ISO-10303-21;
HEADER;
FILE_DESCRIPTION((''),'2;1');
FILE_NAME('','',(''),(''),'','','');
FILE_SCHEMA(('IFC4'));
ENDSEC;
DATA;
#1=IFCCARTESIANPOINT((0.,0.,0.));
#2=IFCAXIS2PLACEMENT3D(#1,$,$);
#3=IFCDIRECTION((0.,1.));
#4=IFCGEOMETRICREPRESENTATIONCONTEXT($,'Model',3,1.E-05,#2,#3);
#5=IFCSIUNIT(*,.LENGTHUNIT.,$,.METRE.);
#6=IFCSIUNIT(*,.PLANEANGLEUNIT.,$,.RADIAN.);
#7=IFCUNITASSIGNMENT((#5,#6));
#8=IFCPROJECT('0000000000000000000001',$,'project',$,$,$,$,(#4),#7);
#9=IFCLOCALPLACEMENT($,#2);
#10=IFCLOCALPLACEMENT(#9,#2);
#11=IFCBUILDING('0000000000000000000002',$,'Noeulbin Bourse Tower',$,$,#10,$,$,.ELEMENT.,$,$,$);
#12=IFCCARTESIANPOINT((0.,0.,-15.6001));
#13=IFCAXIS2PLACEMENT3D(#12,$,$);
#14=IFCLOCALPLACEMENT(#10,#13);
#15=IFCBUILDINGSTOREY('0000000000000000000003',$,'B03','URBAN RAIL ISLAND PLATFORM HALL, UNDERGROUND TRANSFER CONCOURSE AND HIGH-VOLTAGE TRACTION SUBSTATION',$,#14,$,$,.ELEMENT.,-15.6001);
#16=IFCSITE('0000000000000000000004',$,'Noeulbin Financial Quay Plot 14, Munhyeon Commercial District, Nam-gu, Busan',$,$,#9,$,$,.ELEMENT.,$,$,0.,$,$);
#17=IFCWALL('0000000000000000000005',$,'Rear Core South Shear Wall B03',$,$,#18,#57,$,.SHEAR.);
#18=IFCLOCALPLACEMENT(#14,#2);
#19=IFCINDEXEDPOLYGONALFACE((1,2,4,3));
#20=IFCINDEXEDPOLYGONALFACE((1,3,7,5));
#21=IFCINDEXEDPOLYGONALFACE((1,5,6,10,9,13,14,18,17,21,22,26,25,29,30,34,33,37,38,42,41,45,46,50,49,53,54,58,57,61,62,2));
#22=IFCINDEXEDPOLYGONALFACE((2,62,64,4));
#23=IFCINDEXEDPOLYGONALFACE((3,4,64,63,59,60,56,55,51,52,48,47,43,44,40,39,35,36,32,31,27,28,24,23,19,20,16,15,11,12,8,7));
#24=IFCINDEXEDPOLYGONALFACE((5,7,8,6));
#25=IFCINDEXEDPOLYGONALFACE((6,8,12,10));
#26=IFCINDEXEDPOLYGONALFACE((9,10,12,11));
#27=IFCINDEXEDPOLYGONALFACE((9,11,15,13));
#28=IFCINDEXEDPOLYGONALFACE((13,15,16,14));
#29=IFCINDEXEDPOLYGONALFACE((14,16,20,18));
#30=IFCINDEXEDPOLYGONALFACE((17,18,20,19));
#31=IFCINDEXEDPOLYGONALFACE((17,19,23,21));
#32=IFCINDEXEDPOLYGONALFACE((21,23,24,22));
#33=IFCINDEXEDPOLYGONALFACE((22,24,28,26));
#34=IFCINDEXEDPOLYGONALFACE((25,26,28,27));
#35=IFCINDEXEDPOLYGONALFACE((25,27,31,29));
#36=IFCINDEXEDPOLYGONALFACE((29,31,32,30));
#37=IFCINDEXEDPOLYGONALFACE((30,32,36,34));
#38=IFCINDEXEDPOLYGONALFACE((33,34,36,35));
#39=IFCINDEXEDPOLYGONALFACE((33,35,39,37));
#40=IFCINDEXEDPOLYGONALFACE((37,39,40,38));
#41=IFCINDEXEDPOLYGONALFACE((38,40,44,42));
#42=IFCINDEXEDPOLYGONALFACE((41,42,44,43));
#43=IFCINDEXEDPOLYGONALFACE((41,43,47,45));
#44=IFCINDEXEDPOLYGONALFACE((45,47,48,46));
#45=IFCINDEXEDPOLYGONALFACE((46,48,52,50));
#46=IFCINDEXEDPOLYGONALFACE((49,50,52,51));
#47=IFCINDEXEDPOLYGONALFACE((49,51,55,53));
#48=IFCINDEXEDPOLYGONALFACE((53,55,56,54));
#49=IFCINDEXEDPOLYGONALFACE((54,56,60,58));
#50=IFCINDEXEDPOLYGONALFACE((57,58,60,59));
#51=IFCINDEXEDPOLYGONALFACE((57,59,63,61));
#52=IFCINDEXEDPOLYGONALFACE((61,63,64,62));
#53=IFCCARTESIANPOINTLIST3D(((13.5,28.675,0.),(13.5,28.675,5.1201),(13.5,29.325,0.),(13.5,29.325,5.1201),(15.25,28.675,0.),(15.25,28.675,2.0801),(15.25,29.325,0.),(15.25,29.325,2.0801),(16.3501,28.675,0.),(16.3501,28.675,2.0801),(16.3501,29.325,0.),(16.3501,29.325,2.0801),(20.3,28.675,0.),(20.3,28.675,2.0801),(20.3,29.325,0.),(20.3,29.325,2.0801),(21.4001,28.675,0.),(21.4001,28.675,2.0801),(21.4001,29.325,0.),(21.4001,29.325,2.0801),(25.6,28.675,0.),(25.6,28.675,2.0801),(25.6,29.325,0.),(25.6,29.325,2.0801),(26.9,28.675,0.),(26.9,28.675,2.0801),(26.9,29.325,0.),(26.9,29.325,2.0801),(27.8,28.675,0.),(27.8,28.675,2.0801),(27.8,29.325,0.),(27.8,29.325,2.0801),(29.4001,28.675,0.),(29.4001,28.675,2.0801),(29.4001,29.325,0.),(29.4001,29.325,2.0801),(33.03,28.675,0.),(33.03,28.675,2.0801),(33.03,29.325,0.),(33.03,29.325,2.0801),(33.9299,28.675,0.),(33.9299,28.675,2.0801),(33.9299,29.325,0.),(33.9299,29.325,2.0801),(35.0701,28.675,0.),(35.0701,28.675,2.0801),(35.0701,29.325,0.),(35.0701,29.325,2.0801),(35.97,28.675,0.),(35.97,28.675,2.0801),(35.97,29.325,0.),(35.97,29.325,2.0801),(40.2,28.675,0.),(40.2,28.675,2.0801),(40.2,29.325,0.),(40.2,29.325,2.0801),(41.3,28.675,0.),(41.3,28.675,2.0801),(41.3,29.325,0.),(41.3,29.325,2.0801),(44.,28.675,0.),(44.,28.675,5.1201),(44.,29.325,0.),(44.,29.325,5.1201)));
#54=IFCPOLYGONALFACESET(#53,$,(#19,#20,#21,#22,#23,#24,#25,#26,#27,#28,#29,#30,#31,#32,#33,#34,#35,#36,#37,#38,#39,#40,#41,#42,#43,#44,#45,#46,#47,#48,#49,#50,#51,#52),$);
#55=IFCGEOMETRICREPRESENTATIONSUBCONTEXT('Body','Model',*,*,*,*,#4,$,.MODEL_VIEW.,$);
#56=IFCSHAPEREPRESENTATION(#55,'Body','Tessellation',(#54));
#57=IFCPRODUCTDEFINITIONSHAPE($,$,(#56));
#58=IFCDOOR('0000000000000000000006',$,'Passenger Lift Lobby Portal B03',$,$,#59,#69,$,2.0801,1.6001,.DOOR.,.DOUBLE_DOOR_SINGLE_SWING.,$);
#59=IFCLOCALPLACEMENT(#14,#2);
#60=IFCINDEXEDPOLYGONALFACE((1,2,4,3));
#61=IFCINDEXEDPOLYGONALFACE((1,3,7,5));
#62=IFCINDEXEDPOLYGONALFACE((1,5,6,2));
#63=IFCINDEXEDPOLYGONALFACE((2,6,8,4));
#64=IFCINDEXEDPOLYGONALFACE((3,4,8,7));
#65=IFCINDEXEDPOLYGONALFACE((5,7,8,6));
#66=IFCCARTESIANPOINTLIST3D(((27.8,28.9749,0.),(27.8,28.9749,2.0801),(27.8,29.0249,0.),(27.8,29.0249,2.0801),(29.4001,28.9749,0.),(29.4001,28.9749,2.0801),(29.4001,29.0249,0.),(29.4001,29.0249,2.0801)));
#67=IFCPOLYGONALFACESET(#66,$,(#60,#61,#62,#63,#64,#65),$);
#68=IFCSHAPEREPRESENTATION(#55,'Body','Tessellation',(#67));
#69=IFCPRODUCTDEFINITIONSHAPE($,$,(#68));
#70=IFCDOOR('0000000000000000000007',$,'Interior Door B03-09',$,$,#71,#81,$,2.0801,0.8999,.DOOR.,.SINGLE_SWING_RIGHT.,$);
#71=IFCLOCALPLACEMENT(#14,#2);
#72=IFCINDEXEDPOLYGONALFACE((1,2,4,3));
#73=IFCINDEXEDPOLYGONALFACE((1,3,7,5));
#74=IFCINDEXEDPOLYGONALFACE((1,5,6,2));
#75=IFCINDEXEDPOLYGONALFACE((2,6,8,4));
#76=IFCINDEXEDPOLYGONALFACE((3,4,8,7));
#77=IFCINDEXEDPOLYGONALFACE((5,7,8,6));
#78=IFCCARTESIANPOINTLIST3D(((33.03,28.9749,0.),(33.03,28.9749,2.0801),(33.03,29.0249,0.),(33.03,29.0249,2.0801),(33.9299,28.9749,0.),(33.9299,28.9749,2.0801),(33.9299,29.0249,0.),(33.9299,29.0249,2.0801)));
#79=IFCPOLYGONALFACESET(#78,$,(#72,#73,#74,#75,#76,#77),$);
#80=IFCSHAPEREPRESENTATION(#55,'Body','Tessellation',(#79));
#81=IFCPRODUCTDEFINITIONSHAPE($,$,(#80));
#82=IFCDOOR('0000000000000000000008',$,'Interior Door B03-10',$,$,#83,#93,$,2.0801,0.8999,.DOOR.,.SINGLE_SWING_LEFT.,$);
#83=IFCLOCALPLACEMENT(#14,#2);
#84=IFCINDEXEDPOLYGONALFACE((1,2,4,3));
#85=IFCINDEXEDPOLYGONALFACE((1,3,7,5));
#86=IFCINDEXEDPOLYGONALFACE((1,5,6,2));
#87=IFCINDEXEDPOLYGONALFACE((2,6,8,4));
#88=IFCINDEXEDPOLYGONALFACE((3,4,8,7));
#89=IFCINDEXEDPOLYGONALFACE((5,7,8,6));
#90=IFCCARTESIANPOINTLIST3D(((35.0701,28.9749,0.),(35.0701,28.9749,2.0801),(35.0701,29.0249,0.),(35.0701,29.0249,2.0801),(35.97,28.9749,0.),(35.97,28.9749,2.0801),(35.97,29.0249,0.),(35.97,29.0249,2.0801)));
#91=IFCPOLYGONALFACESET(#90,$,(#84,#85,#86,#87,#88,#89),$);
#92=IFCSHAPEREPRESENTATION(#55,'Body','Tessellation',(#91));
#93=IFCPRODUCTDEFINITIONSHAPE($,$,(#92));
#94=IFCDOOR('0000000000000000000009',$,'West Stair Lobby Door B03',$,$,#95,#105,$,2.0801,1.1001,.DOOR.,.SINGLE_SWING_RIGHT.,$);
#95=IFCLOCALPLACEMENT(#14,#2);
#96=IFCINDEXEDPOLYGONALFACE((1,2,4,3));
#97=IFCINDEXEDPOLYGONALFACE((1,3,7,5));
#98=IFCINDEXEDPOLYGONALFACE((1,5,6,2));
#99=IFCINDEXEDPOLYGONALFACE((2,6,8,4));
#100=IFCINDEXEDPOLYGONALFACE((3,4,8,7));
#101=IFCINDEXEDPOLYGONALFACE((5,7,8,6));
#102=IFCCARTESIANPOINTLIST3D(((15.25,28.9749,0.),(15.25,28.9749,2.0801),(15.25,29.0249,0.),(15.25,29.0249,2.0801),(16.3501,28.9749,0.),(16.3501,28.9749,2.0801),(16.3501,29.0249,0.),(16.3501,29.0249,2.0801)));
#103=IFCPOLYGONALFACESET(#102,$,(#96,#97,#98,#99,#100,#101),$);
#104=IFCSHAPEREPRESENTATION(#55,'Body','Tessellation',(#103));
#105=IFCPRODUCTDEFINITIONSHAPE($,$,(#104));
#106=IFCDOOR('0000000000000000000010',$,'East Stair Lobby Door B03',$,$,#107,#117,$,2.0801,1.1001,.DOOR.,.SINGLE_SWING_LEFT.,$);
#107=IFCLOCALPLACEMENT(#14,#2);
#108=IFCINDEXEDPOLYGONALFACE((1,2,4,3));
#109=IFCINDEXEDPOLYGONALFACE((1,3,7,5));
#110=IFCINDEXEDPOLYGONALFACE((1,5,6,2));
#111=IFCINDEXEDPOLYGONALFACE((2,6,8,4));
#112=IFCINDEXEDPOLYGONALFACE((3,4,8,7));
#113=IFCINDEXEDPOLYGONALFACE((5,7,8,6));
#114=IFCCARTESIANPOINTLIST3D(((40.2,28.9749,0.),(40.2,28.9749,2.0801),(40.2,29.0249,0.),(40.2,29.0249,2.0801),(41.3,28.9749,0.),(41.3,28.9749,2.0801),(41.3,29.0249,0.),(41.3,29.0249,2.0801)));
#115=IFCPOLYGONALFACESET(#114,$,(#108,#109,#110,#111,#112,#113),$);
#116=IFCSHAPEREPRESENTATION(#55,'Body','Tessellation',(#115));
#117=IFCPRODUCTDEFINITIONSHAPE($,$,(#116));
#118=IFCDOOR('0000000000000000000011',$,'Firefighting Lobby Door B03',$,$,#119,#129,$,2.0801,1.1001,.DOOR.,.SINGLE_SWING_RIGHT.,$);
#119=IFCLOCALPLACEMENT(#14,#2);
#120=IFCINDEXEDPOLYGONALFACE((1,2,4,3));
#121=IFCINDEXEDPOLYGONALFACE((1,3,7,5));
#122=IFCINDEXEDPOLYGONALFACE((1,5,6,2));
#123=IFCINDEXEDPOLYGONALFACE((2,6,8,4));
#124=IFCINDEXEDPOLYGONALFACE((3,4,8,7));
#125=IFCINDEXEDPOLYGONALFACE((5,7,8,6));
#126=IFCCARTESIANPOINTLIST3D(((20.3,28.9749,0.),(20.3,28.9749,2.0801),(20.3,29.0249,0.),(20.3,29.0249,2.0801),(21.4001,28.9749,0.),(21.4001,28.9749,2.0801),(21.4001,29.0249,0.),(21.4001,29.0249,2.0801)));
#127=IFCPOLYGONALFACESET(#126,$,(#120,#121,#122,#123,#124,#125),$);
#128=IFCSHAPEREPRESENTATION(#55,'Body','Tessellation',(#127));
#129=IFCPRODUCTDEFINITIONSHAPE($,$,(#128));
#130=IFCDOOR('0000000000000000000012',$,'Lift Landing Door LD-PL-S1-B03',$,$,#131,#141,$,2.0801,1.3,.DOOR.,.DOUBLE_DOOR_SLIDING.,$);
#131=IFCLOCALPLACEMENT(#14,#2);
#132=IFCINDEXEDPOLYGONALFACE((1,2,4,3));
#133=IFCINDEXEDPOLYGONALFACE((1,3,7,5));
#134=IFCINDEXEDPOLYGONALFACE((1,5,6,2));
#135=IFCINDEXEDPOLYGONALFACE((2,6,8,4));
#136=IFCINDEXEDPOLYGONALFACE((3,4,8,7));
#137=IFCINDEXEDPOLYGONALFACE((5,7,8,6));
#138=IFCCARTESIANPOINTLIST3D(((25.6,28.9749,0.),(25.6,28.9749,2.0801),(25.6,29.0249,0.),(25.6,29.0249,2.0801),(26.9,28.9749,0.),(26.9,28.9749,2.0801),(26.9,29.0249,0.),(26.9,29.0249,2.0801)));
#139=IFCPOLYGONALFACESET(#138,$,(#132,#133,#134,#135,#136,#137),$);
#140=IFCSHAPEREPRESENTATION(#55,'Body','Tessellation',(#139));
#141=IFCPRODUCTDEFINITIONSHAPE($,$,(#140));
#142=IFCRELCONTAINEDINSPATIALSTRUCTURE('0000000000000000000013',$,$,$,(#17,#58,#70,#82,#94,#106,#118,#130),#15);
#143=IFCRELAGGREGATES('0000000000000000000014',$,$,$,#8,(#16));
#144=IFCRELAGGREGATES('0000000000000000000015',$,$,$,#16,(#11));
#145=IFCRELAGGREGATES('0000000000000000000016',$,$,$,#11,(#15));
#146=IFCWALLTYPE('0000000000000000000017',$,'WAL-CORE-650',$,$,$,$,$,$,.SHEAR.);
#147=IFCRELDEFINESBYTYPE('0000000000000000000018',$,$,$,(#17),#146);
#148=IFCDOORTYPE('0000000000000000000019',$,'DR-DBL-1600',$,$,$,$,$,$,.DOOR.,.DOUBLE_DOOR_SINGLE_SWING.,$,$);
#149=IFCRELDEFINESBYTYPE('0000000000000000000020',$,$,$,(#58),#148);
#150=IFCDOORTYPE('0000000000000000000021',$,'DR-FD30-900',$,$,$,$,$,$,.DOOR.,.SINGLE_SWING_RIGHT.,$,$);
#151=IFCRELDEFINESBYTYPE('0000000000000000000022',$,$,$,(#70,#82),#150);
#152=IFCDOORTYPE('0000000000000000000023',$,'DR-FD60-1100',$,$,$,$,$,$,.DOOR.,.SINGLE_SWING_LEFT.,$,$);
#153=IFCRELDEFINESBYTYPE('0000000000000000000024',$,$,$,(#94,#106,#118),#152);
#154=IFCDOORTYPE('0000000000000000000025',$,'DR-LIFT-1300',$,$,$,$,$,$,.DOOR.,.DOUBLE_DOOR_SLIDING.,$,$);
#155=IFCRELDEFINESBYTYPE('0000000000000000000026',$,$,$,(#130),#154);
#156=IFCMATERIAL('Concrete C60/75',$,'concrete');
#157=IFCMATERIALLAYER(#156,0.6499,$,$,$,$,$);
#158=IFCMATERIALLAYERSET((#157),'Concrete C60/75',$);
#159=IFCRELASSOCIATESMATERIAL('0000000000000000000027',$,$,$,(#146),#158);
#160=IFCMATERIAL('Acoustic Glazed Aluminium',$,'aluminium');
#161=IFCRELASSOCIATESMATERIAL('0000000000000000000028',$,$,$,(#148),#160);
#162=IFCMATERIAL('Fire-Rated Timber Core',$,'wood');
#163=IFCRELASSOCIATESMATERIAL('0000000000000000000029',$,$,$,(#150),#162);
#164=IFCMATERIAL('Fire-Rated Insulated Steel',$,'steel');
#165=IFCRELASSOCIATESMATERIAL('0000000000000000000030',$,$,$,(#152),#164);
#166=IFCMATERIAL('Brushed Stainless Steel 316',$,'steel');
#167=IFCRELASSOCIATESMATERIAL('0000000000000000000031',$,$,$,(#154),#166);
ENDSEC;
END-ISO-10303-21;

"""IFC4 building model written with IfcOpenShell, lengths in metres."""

from ifc_helpers import new_model, si_unit, direction, frame, frame_2d, origin, place, context, subcontext, project, spatial, rectangle, extrude, material, layer, layer_set, type_object, element, fill, save


model = new_model("IFC4")

# Units and contexts
model_context = context("Model", 3, precision=1e-05, world=origin(), true_north=direction((0.0, 1.0)))
body_context = subcontext(model_context, "Body", "Model", "MODEL_VIEW")
ifc_project = project(units=[si_unit("LENGTHUNIT", "METRE"), si_unit("PLANEANGLEUNIT", "RADIAN")], contexts=[model_context])

# Site, building, storey
site_placement = place(None, origin())
site = spatial("IfcSite", under=ifc_project, at=site_placement, Name="Noeulbin Financial Quay Plot 14, Munhyeon Commercial District, Nam-gu, Busan", CompositionType="ELEMENT", RefElevation=0.0)
building_placement = place(site_placement, origin())
building = spatial("IfcBuilding", under=site, at=building_placement, Name="Noeulbin Bourse Tower", CompositionType="ELEMENT")
storey_placement = place(building_placement, frame((0.0, 0.0, -15.6001)))
storey = spatial("IfcBuildingStorey", under=building, at=storey_placement, Name="B03", Description="URBAN RAIL ISLAND PLATFORM HALL, UNDERGROUND TRANSFER CONCOURSE AND HIGH-VOLTAGE TRACTION SUBSTATION", CompositionType="ELEMENT", Elevation=-15.6001)

# Wall, openings, doors
ifc_material_1 = material(Name="Concrete C60/75", Category="concrete")
ifc_layer_1 = layer(ifc_material_1, 0.6499)
ifc_layer_set_1 = layer_set([ifc_layer_1], Name="Concrete C60/75")
wall_type_1 = type_object("IfcWallType", Name="WAL-CORE-650", PredefinedType="SHEAR", material=ifc_layer_set_1)
wall_1_placement = place(storey_placement, frame((13.5, 29.0, 0.0), z_axis=(0.0, 0.0, 1.0), x_axis=(1.0, 0.0, 0.0)))
wall_1 = element("IfcWall", 1, at=wall_1_placement, inside=storey, type_object=wall_type_1, Name="Rear Core South Shear Wall B03", PredefinedType="SHEAR", context=body_context, shape_type="SweptSolid", body=[
    extrude(rectangle(XDim=30.5, YDim=0.6499, at=frame_2d((15.25, 0.0))), origin(), (0.0, 0.0, 1.0), 5.1201),
])
opening_1_placement = place(wall_1_placement, frame((1.75, 0.0, 0.0)))
opening_1 = element("IfcOpeningElement", 2, at=opening_1_placement, cuts=wall_1, PredefinedType="OPENING", context=body_context, shape_type="SweptSolid", body=[
    extrude(rectangle(XDim=1.1001, YDim=2.0801, at=frame_2d((0.55, 1.04))), frame((0.0, 0.335, 0.0), z_axis=(0.0, -1.0, 0.0), x_axis=(1.0, 0.0, 0.0)), (0.0, 0.0, 1.0), 0.6699),
])
opening_2_placement = place(wall_1_placement, frame((26.7, 0.0, 0.0)))
opening_2 = element("IfcOpeningElement", 3, at=opening_2_placement, cuts=wall_1, PredefinedType="OPENING", context=body_context, shape_type="SweptSolid", body=[
    extrude(rectangle(XDim=1.1001, YDim=2.0801, at=frame_2d((0.55, 1.04))), frame((0.0, 0.335, 0.0), z_axis=(0.0, -1.0, 0.0), x_axis=(1.0, 0.0, 0.0)), (0.0, 0.0, 1.0), 0.6699),
])
opening_3_placement = place(wall_1_placement, frame((6.8, 0.0, 0.0)))
opening_3 = element("IfcOpeningElement", 4, at=opening_3_placement, cuts=wall_1, PredefinedType="OPENING", context=body_context, shape_type="SweptSolid", body=[
    extrude(rectangle(XDim=1.1001, YDim=2.0801, at=frame_2d((0.55, 1.04))), frame((0.0, 0.335, 0.0), z_axis=(0.0, -1.0, 0.0), x_axis=(1.0, 0.0, 0.0)), (0.0, 0.0, 1.0), 0.6699),
])
opening_4_placement = place(wall_1_placement, frame((14.3, 0.0, 0.0)))
opening_4 = element("IfcOpeningElement", 5, at=opening_4_placement, cuts=wall_1, PredefinedType="OPENING", context=body_context, shape_type="SweptSolid", body=[
    extrude(rectangle(XDim=1.6001, YDim=2.0801, at=frame_2d((0.8, 1.04))), frame((0.0, 0.335, 0.0), z_axis=(0.0, -1.0, 0.0), x_axis=(1.0, 0.0, 0.0)), (0.0, 0.0, 1.0), 0.6699),
])
opening_5_placement = place(wall_1_placement, frame((19.53, 0.0, 0.0)))
opening_5 = element("IfcOpeningElement", 6, at=opening_5_placement, cuts=wall_1, PredefinedType="OPENING", context=body_context, shape_type="SweptSolid", body=[
    extrude(rectangle(XDim=0.8999, YDim=2.0801, at=frame_2d((0.45, 1.04))), frame((0.0, 0.335, 0.0), z_axis=(0.0, -1.0, 0.0), x_axis=(1.0, 0.0, 0.0)), (0.0, 0.0, 1.0), 0.6699),
])
opening_6_placement = place(wall_1_placement, frame((21.5701, 0.0, 0.0)))
opening_6 = element("IfcOpeningElement", 7, at=opening_6_placement, cuts=wall_1, PredefinedType="OPENING", context=body_context, shape_type="SweptSolid", body=[
    extrude(rectangle(XDim=0.8999, YDim=2.0801, at=frame_2d((0.45, 1.04))), frame((0.0, 0.335, 0.0), z_axis=(0.0, -1.0, 0.0), x_axis=(1.0, 0.0, 0.0)), (0.0, 0.0, 1.0), 0.6699),
])
opening_7_placement = place(wall_1_placement, frame((12.1001, 0.0, 0.0)))
opening_7 = element("IfcOpeningElement", 8, at=opening_7_placement, cuts=wall_1, PredefinedType="OPENING", context=body_context, shape_type="SweptSolid", body=[
    extrude(rectangle(XDim=1.3, YDim=2.0801, at=frame_2d((0.6499, 1.04))), frame((0.0, 0.335, 0.0), z_axis=(0.0, -1.0, 0.0), x_axis=(1.0, 0.0, 0.0)), (0.0, 0.0, 1.0), 0.6699),
])
ifc_material_2 = material(Name="Acoustic Glazed Aluminium", Category="aluminium")
door_type_1 = type_object("IfcDoorType", Name="DR-DBL-1600", OperationType="DOUBLE_DOOR_SINGLE_SWING", PredefinedType="DOOR", material=ifc_material_2)
door_1_placement = place(opening_4_placement, origin())
door_1 = element("IfcDoor", 9, at=door_1_placement, inside=storey, type_object=door_type_1, Name="Passenger Lift Lobby Portal B03", OperationType="DOUBLE_DOOR_SINGLE_SWING", OverallHeight=2.0801, OverallWidth=1.6001, PredefinedType="DOOR", context=body_context, shape_type="SweptSolid", body=[
    extrude(rectangle(XDim=1.6001, YDim=2.0801, at=frame_2d((0.8, 1.04))), frame((0.0, 0.0249, 0.0), z_axis=(0.0, -1.0, 0.0), x_axis=(1.0, 0.0, 0.0)), (0.0, 0.0, 1.0), 0.05),
])
fill(opening_4, door_1)
ifc_material_3 = material(Name="Fire-Rated Timber Core", Category="wood")
door_type_2 = type_object("IfcDoorType", Name="DR-FD30-900", OperationType="SINGLE_SWING_RIGHT", PredefinedType="DOOR", material=ifc_material_3)
door_2_placement = place(opening_5_placement, origin())
door_2 = element("IfcDoor", 10, at=door_2_placement, inside=storey, type_object=door_type_2, Name="Interior Door B03-09", OperationType="SINGLE_SWING_RIGHT", OverallHeight=2.0801, OverallWidth=0.8999, PredefinedType="DOOR", context=body_context, shape_type="SweptSolid", body=[
    extrude(rectangle(XDim=0.8999, YDim=2.0801, at=frame_2d((0.45, 1.04))), frame((0.0, 0.0249, 0.0), z_axis=(0.0, -1.0, 0.0), x_axis=(1.0, 0.0, 0.0)), (0.0, 0.0, 1.0), 0.05),
])
fill(opening_5, door_2)
door_3_placement = place(opening_6_placement, origin())
door_3 = element("IfcDoor", 11, at=door_3_placement, inside=storey, type_object=door_type_2, Name="Interior Door B03-10", OperationType="SINGLE_SWING_LEFT", OverallHeight=2.0801, OverallWidth=0.8999, PredefinedType="DOOR", context=body_context, shape_type="SweptSolid", body=[
    extrude(rectangle(XDim=0.8999, YDim=2.0801, at=frame_2d((0.45, 1.04))), frame((0.0, 0.0249, 0.0), z_axis=(0.0, -1.0, 0.0), x_axis=(1.0, 0.0, 0.0)), (0.0, 0.0, 1.0), 0.05),
])
fill(opening_6, door_3)
ifc_material_4 = material(Name="Fire-Rated Insulated Steel", Category="steel")
door_type_3 = type_object("IfcDoorType", Name="DR-FD60-1100", OperationType="SINGLE_SWING_LEFT", PredefinedType="DOOR", material=ifc_material_4)
door_4_placement = place(opening_1_placement, origin())
door_4 = element("IfcDoor", 12, at=door_4_placement, inside=storey, type_object=door_type_3, Name="West Stair Lobby Door B03", OperationType="SINGLE_SWING_RIGHT", OverallHeight=2.0801, OverallWidth=1.1001, PredefinedType="DOOR", context=body_context, shape_type="SweptSolid", body=[
    extrude(rectangle(XDim=1.1001, YDim=2.0801, at=frame_2d((0.55, 1.04))), frame((0.0, 0.0249, 0.0), z_axis=(0.0, -1.0, 0.0), x_axis=(1.0, 0.0, 0.0)), (0.0, 0.0, 1.0), 0.05),
])
fill(opening_1, door_4)
door_5_placement = place(opening_2_placement, origin())
door_5 = element("IfcDoor", 13, at=door_5_placement, inside=storey, type_object=door_type_3, Name="East Stair Lobby Door B03", OperationType="SINGLE_SWING_LEFT", OverallHeight=2.0801, OverallWidth=1.1001, PredefinedType="DOOR", context=body_context, shape_type="SweptSolid", body=[
    extrude(rectangle(XDim=1.1001, YDim=2.0801, at=frame_2d((0.55, 1.04))), frame((0.0, 0.0249, 0.0), z_axis=(0.0, -1.0, 0.0), x_axis=(1.0, 0.0, 0.0)), (0.0, 0.0, 1.0), 0.05),
])
fill(opening_2, door_5)
door_6_placement = place(opening_3_placement, origin())
door_6 = element("IfcDoor", 14, at=door_6_placement, inside=storey, type_object=door_type_3, Name="Firefighting Lobby Door B03", OperationType="SINGLE_SWING_RIGHT", OverallHeight=2.0801, OverallWidth=1.1001, PredefinedType="DOOR", context=body_context, shape_type="SweptSolid", body=[
    extrude(rectangle(XDim=1.1001, YDim=2.0801, at=frame_2d((0.55, 1.04))), frame((0.0, 0.0249, 0.0), z_axis=(0.0, -1.0, 0.0), x_axis=(1.0, 0.0, 0.0)), (0.0, 0.0, 1.0), 0.05),
])
fill(opening_3, door_6)
ifc_material_5 = material(Name="Brushed Stainless Steel 316", Category="steel")
door_type_4 = type_object("IfcDoorType", Name="DR-LIFT-1300", OperationType="DOUBLE_DOOR_SLIDING", PredefinedType="DOOR", material=ifc_material_5)
door_7_placement = place(opening_7_placement, origin())
door_7 = element("IfcDoor", 15, at=door_7_placement, inside=storey, type_object=door_type_4, Name="Lift Landing Door LD-PL-S1-B03", OperationType="DOUBLE_DOOR_SLIDING", OverallHeight=2.0801, OverallWidth=1.3, PredefinedType="DOOR", context=body_context, shape_type="SweptSolid", body=[
    extrude(rectangle(XDim=1.3, YDim=2.0801, at=frame_2d((0.6499, 1.04))), frame((0.0, 0.0249, 0.0), z_axis=(0.0, -1.0, 0.0), x_axis=(1.0, 0.0, 0.0)), (0.0, 0.0, 1.0), 0.05),
])
fill(opening_7, door_7)

save(model, "model.ifc")
